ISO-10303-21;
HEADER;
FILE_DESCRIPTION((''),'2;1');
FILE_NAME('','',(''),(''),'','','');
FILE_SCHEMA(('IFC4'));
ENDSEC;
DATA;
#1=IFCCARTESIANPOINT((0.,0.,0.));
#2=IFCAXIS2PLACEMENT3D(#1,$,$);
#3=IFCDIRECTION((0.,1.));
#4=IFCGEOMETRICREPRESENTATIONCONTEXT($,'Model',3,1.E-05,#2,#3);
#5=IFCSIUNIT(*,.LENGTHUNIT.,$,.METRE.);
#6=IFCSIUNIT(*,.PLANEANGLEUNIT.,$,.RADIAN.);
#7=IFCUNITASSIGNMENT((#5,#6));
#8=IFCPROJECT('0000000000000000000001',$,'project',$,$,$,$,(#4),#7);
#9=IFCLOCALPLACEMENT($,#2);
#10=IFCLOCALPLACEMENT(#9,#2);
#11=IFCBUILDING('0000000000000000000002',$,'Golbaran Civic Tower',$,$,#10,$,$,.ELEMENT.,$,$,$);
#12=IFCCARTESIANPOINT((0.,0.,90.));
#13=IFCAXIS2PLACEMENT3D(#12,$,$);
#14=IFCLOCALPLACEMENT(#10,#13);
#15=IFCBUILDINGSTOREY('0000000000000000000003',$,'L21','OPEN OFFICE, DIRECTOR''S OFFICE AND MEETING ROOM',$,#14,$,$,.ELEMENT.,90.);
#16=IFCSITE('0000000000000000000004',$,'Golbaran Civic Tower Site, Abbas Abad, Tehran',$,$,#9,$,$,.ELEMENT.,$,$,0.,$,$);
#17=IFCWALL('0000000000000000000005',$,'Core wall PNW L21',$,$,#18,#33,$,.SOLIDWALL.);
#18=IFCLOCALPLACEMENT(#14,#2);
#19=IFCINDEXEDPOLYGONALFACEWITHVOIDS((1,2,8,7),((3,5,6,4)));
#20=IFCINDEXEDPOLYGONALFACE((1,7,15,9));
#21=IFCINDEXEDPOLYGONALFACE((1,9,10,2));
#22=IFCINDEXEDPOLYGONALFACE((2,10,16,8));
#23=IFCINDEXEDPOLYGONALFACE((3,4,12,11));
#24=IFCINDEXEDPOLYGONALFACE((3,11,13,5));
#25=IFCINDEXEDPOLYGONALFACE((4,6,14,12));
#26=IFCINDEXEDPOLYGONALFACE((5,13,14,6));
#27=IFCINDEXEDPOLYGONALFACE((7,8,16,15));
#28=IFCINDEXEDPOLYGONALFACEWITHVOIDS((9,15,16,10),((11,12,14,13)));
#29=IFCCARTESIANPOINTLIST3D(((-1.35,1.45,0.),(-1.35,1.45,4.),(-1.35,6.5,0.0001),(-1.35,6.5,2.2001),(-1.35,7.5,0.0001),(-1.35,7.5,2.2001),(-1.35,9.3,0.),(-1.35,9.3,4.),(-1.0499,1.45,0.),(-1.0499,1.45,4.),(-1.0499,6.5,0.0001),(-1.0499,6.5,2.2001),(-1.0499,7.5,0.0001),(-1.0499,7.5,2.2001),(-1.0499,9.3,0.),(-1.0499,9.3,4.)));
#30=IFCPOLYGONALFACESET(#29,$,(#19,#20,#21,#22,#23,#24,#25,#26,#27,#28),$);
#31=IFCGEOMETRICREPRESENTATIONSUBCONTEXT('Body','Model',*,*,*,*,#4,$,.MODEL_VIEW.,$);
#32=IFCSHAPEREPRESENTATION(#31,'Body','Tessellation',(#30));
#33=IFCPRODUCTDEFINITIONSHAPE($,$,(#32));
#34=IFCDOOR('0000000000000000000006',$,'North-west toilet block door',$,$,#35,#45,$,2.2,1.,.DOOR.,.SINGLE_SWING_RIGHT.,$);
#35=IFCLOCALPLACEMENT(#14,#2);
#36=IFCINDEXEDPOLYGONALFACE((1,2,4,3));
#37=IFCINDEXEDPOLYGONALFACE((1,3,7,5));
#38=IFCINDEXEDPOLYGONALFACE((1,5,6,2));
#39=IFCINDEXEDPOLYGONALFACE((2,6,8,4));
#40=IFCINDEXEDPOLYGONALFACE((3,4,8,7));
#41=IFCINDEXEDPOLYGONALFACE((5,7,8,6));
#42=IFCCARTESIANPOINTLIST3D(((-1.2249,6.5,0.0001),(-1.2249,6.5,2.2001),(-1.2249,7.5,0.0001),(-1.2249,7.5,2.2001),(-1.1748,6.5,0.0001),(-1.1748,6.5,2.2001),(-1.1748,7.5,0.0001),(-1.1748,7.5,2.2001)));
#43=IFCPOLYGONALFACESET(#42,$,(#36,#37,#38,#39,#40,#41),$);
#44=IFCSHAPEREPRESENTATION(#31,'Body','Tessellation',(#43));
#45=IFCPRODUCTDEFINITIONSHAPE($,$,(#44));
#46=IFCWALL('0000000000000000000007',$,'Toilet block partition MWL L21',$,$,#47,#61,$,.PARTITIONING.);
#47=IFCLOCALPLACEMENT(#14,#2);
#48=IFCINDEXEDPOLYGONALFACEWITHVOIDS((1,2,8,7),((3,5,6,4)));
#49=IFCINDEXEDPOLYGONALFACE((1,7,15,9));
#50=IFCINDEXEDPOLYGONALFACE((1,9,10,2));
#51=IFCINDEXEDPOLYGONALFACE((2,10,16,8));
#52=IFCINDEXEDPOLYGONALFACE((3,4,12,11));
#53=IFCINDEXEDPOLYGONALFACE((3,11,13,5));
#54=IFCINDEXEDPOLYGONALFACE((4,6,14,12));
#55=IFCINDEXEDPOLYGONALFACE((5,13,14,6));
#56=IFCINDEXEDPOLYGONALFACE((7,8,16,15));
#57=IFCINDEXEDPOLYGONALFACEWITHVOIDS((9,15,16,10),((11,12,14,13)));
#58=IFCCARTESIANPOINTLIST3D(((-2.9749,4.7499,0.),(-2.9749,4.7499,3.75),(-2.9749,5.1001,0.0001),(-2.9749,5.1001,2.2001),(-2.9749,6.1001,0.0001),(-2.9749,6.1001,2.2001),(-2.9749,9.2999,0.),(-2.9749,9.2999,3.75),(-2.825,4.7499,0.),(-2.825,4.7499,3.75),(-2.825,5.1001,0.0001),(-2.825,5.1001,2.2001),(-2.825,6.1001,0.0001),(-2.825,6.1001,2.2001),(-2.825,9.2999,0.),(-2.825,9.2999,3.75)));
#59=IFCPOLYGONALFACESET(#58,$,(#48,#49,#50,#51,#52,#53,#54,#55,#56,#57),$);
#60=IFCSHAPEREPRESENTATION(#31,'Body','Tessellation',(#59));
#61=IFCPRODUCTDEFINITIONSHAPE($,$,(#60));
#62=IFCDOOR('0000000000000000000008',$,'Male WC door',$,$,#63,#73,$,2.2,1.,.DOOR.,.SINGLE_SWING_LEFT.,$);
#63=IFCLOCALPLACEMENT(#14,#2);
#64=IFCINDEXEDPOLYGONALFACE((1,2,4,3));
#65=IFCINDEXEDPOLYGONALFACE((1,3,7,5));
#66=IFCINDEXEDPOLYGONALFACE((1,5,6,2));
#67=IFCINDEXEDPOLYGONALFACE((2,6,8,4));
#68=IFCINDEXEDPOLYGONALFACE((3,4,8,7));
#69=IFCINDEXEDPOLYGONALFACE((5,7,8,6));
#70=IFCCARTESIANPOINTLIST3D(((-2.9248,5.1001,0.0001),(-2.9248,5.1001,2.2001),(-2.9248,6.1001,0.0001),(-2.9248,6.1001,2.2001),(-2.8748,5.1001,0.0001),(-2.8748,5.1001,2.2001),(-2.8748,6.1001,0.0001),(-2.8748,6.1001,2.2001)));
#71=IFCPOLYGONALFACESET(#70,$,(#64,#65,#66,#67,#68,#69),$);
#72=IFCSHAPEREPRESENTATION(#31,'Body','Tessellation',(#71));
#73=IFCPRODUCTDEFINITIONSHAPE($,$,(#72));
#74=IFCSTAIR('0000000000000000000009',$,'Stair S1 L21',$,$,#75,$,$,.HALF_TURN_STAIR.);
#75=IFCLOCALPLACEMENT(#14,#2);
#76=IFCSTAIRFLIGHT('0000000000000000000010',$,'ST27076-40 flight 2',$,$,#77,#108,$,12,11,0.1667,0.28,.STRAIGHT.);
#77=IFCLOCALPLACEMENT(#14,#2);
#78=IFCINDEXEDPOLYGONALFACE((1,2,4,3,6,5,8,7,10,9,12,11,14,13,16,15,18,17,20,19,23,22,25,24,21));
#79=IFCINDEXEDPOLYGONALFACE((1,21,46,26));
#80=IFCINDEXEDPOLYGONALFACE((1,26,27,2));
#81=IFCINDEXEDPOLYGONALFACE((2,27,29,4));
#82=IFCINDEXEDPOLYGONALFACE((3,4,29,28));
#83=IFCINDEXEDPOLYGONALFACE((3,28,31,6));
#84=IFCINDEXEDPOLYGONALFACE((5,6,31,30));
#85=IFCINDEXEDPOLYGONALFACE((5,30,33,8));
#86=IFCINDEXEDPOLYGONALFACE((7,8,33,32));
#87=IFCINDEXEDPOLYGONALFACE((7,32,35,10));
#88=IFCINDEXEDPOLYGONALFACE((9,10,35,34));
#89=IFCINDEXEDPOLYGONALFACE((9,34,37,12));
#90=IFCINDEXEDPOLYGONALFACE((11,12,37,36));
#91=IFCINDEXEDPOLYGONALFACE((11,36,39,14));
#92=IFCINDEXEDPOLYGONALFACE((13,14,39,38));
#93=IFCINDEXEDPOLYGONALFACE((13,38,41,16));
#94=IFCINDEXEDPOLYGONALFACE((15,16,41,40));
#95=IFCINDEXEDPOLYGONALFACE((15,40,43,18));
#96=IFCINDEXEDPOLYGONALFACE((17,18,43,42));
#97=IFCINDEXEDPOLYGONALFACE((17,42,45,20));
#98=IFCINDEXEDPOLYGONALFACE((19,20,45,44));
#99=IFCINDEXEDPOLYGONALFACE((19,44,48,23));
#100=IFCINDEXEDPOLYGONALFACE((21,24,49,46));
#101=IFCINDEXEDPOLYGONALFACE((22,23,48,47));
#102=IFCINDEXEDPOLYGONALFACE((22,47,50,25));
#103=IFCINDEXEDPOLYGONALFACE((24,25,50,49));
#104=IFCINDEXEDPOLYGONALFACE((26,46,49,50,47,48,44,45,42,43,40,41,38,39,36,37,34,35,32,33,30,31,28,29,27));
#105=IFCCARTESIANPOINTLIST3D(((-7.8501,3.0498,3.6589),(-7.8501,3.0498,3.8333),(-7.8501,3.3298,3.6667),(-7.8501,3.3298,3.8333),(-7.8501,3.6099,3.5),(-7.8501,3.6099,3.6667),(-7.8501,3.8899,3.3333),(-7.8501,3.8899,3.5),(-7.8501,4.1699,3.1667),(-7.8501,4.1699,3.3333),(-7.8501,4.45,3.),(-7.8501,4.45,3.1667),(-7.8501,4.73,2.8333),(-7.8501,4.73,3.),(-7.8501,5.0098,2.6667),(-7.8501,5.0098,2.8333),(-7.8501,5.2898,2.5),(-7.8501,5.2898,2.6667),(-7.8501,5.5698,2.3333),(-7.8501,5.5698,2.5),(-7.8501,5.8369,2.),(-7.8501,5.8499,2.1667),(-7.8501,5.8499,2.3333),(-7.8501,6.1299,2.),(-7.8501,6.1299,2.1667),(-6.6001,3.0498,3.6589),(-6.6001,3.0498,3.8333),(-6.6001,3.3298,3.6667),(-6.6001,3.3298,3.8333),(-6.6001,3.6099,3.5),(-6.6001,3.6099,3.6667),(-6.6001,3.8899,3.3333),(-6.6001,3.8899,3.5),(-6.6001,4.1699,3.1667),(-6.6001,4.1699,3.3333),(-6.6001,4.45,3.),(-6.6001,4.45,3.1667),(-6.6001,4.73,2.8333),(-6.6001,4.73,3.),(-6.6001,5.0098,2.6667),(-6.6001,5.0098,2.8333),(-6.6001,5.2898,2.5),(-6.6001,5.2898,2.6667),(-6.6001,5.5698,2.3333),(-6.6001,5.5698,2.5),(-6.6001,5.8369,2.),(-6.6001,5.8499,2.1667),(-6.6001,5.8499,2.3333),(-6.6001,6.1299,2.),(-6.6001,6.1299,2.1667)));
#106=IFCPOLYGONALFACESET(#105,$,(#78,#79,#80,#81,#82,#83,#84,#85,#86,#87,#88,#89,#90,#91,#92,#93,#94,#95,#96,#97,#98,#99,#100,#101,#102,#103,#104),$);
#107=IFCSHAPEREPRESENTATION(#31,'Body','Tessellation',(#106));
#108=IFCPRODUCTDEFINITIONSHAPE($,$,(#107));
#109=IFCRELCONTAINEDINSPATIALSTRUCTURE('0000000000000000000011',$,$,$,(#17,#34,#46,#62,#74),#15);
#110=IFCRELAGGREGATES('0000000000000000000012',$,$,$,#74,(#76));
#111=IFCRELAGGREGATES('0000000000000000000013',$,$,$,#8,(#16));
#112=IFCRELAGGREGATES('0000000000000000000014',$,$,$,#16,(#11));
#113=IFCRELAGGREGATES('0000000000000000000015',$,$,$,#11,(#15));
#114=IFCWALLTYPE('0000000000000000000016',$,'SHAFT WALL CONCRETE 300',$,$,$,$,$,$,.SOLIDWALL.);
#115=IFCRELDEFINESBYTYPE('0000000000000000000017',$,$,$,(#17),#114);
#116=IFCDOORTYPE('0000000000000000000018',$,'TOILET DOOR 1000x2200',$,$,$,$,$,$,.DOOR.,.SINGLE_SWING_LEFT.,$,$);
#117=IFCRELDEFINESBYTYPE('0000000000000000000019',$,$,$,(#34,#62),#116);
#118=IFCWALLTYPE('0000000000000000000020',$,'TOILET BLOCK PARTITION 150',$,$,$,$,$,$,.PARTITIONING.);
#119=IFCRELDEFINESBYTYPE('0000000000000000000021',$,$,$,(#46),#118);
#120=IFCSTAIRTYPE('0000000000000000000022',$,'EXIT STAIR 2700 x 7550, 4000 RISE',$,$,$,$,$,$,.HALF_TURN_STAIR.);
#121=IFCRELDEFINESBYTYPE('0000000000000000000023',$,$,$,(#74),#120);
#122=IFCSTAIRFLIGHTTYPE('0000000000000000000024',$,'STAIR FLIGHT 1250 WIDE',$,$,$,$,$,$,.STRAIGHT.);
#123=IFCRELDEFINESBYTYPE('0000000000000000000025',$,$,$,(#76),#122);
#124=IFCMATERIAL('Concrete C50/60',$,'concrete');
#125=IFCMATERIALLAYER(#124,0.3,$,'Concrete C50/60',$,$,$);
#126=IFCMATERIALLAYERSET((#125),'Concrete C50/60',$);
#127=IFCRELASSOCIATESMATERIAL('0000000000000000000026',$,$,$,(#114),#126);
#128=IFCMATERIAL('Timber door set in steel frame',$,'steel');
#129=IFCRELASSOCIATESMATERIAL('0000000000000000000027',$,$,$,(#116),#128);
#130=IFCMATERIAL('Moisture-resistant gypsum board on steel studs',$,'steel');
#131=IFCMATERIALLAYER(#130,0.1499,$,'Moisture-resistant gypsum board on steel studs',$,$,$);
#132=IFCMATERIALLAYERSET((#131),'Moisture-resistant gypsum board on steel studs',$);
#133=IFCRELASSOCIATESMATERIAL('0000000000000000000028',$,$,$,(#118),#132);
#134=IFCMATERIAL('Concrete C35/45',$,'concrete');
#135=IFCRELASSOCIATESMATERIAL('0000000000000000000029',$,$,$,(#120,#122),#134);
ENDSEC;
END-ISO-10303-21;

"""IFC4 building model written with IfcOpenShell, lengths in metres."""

from ifc_helpers import new_model, si_unit, direction, frame, frame_2d, origin, place, context, subcontext, project, spatial, polyline, rectangle, outline, extrude, material, layer, layer_set, type_object, element, fill, aggregate, save


model = new_model("IFC4")

# Units and contexts
model_context = context("Model", 3, precision=1e-05, world=origin(), true_north=direction((0.0, 1.0)))
body_context = subcontext(model_context, "Body", "Model", "MODEL_VIEW")
ifc_project = project(units=[si_unit("LENGTHUNIT", "METRE"), si_unit("PLANEANGLEUNIT", "RADIAN")], contexts=[model_context])

# Site, building, storey
site_placement = place(None, origin())
site = spatial("IfcSite", under=ifc_project, at=site_placement, Name="Golbaran Civic Tower Site, Abbas Abad, Tehran", CompositionType="ELEMENT", RefElevation=0.0)
building_placement = place(site_placement, origin())
building = spatial("IfcBuilding", under=site, at=building_placement, Name="Golbaran Civic Tower", CompositionType="ELEMENT")
storey_placement = place(building_placement, frame((0.0, 0.0, 90.0)))
storey = spatial("IfcBuildingStorey", under=building, at=storey_placement, Name="L21", Description="OPEN OFFICE, DIRECTOR'S OFFICE AND MEETING ROOM", CompositionType="ELEMENT", Elevation=90.0)

# Shared definitions
ifc_material_1 = material(Name="Concrete C50/60", Category="concrete")
ifc_layer_1 = layer(ifc_material_1, 0.3, Name="Concrete C50/60")
ifc_layer_set_1 = layer_set([ifc_layer_1], Name="Concrete C50/60")
wall_type_1 = type_object("IfcWallType", Name="SHAFT WALL CONCRETE 300", PredefinedType="SOLIDWALL", material=ifc_layer_set_1)

# Walls, openings, doors
wall_1_placement = place(storey_placement, frame((-1.2, 1.45, 0.0), z_axis=(0.0, 0.0, 1.0), x_axis=(0.0, 1.0, 0.0)))
wall_1 = element("IfcWall", 1, at=wall_1_placement, inside=storey, type_object=wall_type_1, Name="Core wall PNW L21", PredefinedType="SOLIDWALL", context=body_context, shape_type="SweptSolid", body=[
    extrude(rectangle(XDim=7.8501, YDim=0.3, at=frame_2d((3.925, 0.0))), origin(), (0.0, 0.0, 1.0), 4.0),
])
opening_1_placement = place(wall_1_placement, frame((5.05, 0.0, 0.0)))
opening_1 = element("IfcOpeningElement", 2, at=opening_1_placement, cuts=wall_1, PredefinedType="OPENING", context=body_context, shape_type="SweptSolid", body=[
    extrude(rectangle(XDim=1.0, YDim=2.2, at=frame_2d((0.5, 1.1001))), frame((0.0, 0.1599, 0.0), z_axis=(0.0, -1.0, 0.0), x_axis=(1.0, 0.0, 0.0)), (0.0, 0.0, 1.0), 0.3201),
])
ifc_material_2 = material(Name="Timber door set in steel frame", Category="steel")
door_type_1 = type_object("IfcDoorType", Name="TOILET DOOR 1000x2200", OperationType="SINGLE_SWING_LEFT", PredefinedType="DOOR", material=ifc_material_2)
door_1_placement = place(opening_1_placement, origin())
door_1 = element("IfcDoor", 3, at=door_1_placement, inside=storey, type_object=door_type_1, Name="North-west toilet block door", OperationType="SINGLE_SWING_RIGHT", OverallHeight=2.2, OverallWidth=1.0, PredefinedType="DOOR", context=body_context, shape_type="SweptSolid", body=[
    extrude(rectangle(XDim=1.0, YDim=2.2, at=frame_2d((0.5, 1.1001))), frame((0.0, 0.0249, 0.0), z_axis=(0.0, -1.0, 0.0), x_axis=(1.0, 0.0, 0.0)), (0.0, 0.0, 1.0), 0.05),
])
fill(opening_1, door_1)
ifc_material_3 = material(Name="Moisture-resistant gypsum board on steel studs", Category="steel")
ifc_layer_2 = layer(ifc_material_3, 0.1499, Name="Moisture-resistant gypsum board on steel studs")
ifc_layer_set_2 = layer_set([ifc_layer_2], Name="Moisture-resistant gypsum board on steel studs")
wall_type_2 = type_object("IfcWallType", Name="TOILET BLOCK PARTITION 150", PredefinedType="PARTITIONING", material=ifc_layer_set_2)
wall_2_placement = place(storey_placement, frame((-2.8999, 4.75, 0.0), z_axis=(0.0, 0.0, 1.0), x_axis=(0.0, 1.0, 0.0)))
wall_2 = element("IfcWall", 4, at=wall_2_placement, inside=storey, type_object=wall_type_2, Name="Toilet block partition MWL L21", PredefinedType="PARTITIONING", context=body_context, shape_type="SweptSolid", body=[
    extrude(rectangle(XDim=4.55, YDim=0.1499, at=frame_2d((2.2749, 0.0))), origin(), (0.0, 0.0, 1.0), 3.75),
])
opening_2_placement = place(wall_2_placement, frame((0.3501, 0.0, 0.0)))
opening_2 = element("IfcOpeningElement", 5, at=opening_2_placement, cuts=wall_2, PredefinedType="OPENING", context=body_context, shape_type="SweptSolid", body=[
    extrude(rectangle(XDim=1.0, YDim=2.2, at=frame_2d((0.5, 1.1001))), frame((0.0, 0.085, 0.0), z_axis=(0.0, -1.0, 0.0), x_axis=(1.0, 0.0, 0.0)), (0.0, 0.0, 1.0), 0.1699),
])
door_2_placement = place(opening_2_placement, origin())
door_2 = element("IfcDoor", 6, at=door_2_placement, inside=storey, type_object=door_type_1, Name="Male WC door", OperationType="SINGLE_SWING_LEFT", OverallHeight=2.2, OverallWidth=1.0, PredefinedType="DOOR", context=body_context, shape_type="SweptSolid", body=[
    extrude(rectangle(XDim=1.0, YDim=2.2, at=frame_2d((0.5, 1.1001))), frame((0.0, 0.0249, 0.0), z_axis=(0.0, -1.0, 0.0), x_axis=(1.0, 0.0, 0.0)), (0.0, 0.0, 1.0), 0.05),
])
fill(opening_2, door_2)

# Stair, stair flight
ifc_material_4 = material(Name="Concrete C35/45", Category="concrete")
stair_type = type_object("IfcStairType", Name="EXIT STAIR 2700 x 7550, 4000 RISE", PredefinedType="HALF_TURN_STAIR", material=ifc_material_4)
stair_placement = place(storey_placement, origin())
stair = element("IfcStair", 7, at=stair_placement, inside=storey, type_object=stair_type, Name="Stair S1 L21", PredefinedType="HALF_TURN_STAIR")
stair_flight_type = type_object("IfcStairFlightType", Name="STAIR FLIGHT 1250 WIDE", PredefinedType="STRAIGHT", material=ifc_material_4)
stair_flight_placement = place(storey_placement, frame((-7.2251, 6.1299, 2.0), z_axis=(0.0, 0.0, 1.0), x_axis=(0.0, -1.0, 0.0)))
stair_flight = element("IfcStairFlight", 8, at=stair_flight_placement, type_object=stair_flight_type, Name="ST27076-40 flight 2", NumberOfRisers=12, NumberOfTreads=11, PredefinedType="STRAIGHT", RiserHeight=0.1667, TreadLength=0.28, context=body_context, shape_type="SweptSolid", body=[
    extrude(outline(polyline([(0.0, 0.0), (0.0, 0.1667), (0.28, 0.1667), (0.28, 0.3333), (0.5601, 0.3333), (0.5601, 0.5), (0.8401, 0.5), (0.8401, 0.6667), (1.1201, 0.6667), (1.1201, 0.8333), (1.3999, 0.8333), (1.3999, 1.0), (1.6799, 1.0), (1.6799, 1.1667), (1.96, 1.1667), (1.96, 1.3333), (2.24, 1.3333), (2.24, 1.5), (2.52, 1.5), (2.52, 1.6667), (2.8, 1.6667), (2.8, 1.8333), (3.0801, 1.8333), (3.0801, 2.0), (3.0801, 1.6589), (0.293, 0.0), (0.0, 0.0)])), frame((0.0, 0.625, 0.0), z_axis=(0.0, -1.0, 0.0), x_axis=(1.0, 0.0, 0.0)), (0.0, 0.0, 1.0), 1.25),
])
aggregate(stair, [stair_flight])

save(model, "model.ifc")
